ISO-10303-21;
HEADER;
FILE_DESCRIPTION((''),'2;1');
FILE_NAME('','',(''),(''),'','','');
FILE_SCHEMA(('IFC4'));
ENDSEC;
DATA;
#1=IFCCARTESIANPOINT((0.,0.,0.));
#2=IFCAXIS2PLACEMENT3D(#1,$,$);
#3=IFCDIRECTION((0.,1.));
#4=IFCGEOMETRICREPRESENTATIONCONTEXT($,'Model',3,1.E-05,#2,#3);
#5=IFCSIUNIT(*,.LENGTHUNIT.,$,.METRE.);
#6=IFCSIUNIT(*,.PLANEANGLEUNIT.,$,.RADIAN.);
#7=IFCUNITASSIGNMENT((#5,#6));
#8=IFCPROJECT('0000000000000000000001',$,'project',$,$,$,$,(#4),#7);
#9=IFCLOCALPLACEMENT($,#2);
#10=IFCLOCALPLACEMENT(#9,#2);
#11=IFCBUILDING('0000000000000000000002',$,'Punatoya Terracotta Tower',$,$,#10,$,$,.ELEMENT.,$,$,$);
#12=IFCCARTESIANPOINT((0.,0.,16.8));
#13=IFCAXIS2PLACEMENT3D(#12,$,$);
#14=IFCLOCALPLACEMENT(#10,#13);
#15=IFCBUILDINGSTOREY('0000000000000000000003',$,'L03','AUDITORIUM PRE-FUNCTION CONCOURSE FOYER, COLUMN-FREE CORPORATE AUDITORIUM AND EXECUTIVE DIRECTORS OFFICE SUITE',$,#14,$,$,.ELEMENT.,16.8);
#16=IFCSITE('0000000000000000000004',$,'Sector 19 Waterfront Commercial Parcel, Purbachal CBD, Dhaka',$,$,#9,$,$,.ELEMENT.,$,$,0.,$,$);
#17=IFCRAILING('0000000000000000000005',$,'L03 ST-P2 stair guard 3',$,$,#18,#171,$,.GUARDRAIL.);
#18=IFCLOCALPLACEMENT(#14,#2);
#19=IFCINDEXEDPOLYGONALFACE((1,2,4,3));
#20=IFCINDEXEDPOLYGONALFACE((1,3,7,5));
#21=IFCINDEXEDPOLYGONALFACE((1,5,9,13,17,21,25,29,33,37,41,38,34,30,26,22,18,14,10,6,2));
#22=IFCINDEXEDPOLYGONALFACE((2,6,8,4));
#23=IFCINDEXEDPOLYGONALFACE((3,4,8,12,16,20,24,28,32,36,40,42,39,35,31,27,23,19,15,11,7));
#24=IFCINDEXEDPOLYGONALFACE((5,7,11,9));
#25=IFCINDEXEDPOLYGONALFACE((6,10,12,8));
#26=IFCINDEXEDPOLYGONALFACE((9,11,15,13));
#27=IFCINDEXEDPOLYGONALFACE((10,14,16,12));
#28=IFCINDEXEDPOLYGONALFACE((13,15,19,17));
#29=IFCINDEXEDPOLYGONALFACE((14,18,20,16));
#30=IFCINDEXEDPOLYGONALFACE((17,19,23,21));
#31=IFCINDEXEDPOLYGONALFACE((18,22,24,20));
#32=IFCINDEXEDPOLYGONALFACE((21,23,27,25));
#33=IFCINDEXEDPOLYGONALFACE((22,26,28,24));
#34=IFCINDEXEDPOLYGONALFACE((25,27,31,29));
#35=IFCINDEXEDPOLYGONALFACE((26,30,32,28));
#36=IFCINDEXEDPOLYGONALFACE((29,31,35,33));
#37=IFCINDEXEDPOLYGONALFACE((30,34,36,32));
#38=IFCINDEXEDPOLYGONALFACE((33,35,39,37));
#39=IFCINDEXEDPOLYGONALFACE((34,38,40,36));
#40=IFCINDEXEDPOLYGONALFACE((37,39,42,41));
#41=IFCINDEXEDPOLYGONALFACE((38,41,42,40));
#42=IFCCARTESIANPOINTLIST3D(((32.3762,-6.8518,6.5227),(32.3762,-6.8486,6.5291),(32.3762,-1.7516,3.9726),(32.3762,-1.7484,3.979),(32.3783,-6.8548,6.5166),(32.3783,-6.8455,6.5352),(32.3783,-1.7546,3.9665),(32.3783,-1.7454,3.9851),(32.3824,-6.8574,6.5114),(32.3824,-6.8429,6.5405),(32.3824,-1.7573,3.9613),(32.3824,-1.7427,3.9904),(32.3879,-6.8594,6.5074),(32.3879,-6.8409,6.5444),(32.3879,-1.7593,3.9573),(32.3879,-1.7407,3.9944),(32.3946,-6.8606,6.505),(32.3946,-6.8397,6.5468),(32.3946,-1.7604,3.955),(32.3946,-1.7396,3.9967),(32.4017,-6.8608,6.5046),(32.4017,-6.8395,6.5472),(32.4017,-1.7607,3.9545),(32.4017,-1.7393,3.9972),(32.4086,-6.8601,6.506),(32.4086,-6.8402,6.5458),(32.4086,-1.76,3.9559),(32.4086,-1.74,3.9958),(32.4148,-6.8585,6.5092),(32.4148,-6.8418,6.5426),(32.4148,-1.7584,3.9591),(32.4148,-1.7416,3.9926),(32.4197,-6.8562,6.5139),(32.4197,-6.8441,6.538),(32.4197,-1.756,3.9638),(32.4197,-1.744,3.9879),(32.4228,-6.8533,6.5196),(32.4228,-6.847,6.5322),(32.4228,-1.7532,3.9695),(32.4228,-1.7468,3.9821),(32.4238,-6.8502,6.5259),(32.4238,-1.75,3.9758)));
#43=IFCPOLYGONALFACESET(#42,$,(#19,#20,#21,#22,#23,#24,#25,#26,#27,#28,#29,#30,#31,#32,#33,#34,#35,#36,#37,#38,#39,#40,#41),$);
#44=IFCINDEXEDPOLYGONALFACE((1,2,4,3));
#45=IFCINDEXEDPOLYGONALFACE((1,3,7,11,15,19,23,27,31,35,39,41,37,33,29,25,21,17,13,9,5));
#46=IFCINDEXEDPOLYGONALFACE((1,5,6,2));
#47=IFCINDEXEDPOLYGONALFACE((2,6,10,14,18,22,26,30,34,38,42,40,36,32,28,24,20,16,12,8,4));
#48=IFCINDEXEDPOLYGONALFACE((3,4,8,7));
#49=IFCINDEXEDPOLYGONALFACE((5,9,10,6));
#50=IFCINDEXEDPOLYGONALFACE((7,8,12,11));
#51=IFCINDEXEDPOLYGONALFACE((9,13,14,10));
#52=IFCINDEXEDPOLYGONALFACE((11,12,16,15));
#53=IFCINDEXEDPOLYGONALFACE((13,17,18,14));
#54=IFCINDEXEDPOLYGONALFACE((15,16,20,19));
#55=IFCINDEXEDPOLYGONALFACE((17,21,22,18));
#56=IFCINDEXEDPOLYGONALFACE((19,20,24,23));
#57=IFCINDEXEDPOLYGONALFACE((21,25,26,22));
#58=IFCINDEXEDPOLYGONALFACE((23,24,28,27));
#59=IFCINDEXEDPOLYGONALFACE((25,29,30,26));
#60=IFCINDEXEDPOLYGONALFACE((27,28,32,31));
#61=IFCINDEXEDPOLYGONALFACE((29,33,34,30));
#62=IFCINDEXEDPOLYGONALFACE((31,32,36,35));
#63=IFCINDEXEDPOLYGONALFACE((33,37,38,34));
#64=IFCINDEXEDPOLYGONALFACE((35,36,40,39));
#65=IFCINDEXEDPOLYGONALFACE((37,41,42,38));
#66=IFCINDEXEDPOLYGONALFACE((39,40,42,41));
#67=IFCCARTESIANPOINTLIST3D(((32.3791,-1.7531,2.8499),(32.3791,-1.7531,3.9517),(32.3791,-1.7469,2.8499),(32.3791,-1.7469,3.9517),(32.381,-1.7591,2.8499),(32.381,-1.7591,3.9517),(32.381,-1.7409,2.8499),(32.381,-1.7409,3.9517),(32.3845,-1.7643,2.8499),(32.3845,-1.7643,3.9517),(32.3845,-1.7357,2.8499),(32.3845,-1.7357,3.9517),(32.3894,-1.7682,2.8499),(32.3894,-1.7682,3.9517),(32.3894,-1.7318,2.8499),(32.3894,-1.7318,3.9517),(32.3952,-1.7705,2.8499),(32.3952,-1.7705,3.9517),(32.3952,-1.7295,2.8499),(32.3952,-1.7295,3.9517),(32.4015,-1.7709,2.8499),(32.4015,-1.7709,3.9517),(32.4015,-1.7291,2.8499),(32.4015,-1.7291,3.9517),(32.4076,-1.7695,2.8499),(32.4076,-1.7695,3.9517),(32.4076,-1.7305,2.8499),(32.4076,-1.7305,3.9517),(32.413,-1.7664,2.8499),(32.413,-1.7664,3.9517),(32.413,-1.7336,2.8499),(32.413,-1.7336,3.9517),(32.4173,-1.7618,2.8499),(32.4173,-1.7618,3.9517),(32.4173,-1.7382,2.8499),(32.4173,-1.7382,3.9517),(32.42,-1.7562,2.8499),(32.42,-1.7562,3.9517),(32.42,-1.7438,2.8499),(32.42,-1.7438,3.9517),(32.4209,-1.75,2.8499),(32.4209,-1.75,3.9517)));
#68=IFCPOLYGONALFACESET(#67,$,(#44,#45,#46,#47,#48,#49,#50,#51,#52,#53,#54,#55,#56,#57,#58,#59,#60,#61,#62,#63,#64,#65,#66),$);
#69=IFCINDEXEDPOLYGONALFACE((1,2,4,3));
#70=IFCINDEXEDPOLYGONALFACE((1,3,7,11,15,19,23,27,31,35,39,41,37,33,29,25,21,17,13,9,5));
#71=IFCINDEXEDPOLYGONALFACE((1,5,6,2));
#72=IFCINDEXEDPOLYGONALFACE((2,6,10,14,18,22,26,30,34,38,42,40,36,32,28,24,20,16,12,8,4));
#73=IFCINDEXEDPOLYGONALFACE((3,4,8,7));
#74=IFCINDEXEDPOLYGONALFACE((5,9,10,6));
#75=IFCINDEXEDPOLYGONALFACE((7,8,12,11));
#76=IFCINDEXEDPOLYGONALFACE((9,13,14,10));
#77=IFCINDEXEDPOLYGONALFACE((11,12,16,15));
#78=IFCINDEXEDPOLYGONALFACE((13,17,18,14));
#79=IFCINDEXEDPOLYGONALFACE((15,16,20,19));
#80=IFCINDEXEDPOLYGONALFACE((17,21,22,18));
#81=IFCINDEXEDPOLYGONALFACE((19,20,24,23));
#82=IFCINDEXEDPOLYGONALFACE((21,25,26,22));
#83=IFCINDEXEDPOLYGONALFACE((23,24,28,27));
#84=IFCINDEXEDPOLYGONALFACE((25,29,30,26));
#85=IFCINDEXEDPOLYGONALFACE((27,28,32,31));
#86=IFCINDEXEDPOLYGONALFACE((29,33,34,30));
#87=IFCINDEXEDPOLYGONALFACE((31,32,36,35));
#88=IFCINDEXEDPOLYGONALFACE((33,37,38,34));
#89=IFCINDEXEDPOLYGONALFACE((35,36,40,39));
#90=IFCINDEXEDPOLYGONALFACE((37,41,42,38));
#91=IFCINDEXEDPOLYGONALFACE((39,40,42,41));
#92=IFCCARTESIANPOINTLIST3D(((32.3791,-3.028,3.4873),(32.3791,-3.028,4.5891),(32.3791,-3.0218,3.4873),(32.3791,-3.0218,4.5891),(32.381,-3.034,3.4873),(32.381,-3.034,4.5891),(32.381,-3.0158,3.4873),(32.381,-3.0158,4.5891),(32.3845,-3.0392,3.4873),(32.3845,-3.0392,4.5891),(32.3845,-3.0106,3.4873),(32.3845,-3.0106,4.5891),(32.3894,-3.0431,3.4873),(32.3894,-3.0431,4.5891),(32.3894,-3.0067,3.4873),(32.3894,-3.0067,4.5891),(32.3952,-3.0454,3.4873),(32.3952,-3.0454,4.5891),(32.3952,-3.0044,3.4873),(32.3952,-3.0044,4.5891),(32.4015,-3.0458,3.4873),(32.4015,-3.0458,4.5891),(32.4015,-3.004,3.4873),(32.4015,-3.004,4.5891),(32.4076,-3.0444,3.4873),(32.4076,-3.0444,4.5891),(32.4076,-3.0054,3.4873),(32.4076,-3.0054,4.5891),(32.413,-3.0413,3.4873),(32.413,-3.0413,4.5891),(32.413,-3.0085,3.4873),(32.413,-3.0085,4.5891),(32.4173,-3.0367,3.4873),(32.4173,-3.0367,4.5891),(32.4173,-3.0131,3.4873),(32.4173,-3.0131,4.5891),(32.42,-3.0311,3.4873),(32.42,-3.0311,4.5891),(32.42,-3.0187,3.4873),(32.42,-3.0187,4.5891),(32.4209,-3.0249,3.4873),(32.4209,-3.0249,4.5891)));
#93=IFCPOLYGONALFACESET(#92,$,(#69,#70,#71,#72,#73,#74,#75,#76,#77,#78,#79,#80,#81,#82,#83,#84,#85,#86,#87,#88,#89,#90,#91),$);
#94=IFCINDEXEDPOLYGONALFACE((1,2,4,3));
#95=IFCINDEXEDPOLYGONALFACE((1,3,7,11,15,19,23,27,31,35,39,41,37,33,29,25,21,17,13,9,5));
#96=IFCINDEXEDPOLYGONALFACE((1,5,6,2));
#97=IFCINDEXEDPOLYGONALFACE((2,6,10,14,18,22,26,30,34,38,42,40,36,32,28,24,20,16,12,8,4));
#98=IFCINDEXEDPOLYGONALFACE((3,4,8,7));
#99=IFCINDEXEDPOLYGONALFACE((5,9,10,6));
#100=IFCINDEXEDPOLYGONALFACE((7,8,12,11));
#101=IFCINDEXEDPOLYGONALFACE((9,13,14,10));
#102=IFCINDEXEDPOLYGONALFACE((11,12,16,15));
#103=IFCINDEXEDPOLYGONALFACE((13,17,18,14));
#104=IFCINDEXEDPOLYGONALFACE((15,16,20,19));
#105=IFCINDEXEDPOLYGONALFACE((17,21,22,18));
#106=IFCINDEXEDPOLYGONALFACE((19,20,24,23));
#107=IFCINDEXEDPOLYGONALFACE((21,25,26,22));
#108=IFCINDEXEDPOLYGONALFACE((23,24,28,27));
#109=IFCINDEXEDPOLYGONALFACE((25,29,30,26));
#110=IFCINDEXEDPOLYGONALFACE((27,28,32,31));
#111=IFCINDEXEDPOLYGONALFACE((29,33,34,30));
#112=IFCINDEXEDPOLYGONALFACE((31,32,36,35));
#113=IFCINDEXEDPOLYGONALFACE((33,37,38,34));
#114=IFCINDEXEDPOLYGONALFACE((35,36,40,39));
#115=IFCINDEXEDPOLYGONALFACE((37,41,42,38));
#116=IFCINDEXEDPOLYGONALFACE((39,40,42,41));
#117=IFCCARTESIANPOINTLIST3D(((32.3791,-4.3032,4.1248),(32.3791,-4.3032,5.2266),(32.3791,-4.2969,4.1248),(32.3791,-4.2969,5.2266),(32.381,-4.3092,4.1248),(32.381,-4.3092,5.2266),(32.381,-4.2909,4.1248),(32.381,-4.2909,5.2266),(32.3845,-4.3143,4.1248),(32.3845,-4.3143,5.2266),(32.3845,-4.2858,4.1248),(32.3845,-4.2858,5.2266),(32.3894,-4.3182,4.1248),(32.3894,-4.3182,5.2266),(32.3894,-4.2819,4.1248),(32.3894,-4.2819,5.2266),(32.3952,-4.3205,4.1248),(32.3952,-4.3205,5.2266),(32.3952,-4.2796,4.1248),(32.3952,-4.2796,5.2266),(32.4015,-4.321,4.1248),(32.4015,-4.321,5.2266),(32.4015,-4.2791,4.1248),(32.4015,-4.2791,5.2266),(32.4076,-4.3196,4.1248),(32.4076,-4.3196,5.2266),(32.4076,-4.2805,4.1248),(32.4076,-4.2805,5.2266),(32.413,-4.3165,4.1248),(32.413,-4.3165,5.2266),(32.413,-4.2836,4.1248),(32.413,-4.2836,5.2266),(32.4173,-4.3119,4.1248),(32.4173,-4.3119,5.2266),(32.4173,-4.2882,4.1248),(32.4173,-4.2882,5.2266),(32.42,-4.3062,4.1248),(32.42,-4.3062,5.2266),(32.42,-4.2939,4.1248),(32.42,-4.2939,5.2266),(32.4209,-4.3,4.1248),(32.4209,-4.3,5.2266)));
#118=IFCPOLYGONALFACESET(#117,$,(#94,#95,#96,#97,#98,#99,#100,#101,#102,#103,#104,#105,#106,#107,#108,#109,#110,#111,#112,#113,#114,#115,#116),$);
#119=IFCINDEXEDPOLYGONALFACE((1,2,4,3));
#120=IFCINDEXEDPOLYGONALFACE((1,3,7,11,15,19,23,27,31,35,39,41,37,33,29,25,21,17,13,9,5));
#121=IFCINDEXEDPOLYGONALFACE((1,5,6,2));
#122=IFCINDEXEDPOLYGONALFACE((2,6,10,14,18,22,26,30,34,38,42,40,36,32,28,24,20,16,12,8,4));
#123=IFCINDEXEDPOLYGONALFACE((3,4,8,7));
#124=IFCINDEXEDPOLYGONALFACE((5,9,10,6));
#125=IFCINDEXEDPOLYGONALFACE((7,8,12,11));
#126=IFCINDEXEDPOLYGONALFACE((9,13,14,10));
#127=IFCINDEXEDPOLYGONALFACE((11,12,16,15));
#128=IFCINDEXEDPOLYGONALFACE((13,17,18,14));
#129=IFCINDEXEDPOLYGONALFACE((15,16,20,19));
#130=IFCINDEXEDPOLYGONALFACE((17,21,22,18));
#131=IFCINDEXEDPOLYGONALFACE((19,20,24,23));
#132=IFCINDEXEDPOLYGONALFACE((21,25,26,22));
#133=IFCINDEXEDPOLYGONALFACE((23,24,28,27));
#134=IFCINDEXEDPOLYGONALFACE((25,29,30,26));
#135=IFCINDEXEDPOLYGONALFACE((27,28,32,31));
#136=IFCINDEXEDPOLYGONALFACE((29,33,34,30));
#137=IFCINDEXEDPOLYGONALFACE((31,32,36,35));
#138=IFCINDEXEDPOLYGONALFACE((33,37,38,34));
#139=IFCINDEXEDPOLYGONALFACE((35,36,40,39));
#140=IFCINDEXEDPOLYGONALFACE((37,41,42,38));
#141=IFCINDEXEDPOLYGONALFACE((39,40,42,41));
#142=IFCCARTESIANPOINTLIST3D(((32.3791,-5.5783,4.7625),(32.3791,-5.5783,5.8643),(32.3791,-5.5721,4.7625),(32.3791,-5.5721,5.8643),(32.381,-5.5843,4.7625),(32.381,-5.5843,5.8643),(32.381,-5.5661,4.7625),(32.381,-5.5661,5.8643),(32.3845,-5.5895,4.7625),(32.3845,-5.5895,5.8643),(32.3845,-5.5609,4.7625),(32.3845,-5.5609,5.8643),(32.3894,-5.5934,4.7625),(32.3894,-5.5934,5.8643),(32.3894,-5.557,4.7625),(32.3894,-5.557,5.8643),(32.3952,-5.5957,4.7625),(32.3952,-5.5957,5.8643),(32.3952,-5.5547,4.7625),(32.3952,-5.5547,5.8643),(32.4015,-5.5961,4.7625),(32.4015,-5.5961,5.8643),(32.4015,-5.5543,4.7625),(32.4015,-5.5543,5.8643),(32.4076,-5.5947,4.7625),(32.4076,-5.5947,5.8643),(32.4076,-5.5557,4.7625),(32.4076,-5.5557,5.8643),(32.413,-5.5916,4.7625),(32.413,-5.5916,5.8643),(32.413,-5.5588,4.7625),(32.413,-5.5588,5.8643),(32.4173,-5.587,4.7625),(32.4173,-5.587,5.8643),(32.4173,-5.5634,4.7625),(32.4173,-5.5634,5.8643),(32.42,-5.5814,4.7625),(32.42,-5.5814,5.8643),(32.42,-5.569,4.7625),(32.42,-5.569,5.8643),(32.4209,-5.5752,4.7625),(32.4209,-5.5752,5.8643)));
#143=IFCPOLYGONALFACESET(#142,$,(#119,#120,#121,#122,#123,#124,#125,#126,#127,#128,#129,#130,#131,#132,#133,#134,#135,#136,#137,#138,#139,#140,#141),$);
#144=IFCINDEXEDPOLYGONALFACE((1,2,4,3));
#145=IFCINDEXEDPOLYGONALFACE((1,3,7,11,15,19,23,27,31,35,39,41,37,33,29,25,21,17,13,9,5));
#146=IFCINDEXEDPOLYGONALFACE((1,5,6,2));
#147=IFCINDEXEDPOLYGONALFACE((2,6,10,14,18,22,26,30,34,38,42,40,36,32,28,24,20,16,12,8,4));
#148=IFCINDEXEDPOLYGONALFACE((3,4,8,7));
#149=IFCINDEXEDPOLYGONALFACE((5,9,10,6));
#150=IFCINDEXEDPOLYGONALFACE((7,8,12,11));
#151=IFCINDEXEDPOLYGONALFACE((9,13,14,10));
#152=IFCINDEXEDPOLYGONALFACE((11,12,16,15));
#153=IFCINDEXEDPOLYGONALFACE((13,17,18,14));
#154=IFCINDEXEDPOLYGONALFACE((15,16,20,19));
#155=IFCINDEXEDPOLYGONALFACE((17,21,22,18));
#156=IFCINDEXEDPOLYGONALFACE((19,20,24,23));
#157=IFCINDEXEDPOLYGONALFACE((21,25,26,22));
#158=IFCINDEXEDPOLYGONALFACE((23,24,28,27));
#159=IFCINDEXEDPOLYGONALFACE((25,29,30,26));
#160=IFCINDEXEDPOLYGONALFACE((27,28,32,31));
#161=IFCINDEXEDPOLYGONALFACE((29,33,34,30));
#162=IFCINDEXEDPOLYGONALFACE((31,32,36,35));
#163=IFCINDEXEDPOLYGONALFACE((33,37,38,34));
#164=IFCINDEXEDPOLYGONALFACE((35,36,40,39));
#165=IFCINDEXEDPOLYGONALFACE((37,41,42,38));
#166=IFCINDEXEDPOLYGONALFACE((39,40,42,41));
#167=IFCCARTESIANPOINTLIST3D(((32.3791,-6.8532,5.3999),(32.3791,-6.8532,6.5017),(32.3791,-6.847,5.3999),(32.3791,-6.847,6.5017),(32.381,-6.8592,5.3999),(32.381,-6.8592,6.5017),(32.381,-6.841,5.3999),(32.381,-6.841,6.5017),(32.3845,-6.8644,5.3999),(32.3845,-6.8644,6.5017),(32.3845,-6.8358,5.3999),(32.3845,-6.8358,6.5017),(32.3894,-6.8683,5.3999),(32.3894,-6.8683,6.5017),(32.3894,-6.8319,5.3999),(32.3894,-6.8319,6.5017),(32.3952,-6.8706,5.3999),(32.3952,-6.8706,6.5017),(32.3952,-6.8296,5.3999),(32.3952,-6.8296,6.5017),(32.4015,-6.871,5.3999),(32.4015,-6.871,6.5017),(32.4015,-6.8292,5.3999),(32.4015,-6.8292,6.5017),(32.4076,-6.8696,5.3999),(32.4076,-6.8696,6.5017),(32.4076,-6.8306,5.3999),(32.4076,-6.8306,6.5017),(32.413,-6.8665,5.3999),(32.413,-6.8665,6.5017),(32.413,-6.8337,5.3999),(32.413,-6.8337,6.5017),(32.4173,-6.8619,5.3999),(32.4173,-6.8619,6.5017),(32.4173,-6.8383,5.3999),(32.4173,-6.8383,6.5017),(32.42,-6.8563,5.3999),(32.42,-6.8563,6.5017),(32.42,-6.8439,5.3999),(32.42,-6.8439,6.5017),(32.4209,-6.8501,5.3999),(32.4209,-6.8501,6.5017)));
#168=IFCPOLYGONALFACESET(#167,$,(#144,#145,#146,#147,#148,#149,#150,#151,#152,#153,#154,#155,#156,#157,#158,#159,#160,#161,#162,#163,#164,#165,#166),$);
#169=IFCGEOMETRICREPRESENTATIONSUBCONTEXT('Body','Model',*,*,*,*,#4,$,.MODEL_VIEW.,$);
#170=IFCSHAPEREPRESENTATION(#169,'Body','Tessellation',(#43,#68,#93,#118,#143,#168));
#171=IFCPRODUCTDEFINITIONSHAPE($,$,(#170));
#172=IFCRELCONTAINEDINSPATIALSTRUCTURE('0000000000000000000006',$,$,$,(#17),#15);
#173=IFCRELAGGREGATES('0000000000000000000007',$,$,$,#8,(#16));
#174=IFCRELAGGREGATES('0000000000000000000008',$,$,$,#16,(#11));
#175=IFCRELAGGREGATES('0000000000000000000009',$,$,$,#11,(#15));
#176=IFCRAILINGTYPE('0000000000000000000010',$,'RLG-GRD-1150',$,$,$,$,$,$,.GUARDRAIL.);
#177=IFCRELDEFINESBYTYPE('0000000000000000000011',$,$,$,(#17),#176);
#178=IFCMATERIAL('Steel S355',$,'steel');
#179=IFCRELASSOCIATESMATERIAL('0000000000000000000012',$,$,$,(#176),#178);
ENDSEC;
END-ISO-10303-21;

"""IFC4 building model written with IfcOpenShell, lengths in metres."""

from ifc_helpers import new_model, si_unit, direction, frame, origin, origin_2d, place, context, subcontext, project, spatial, circle, extrude, material, type_object, element, save


model = new_model("IFC4")

# Units and contexts
model_context = context("Model", 3, precision=1e-05, world=origin(), true_north=direction((0.0, 1.0)))
body_context = subcontext(model_context, "Body", "Model", "MODEL_VIEW")
ifc_project = project(units=[si_unit("LENGTHUNIT", "METRE"), si_unit("PLANEANGLEUNIT", "RADIAN")], contexts=[model_context])

# Site, building, storey
site_placement = place(None, origin())
site = spatial("IfcSite", under=ifc_project, at=site_placement, Name="Sector 19 Waterfront Commercial Parcel, Purbachal CBD, Dhaka", CompositionType="ELEMENT", RefElevation=0.0)
building_placement = place(site_placement, origin())
building = spatial("IfcBuilding", under=site, at=building_placement, Name="Punatoya Terracotta Tower", CompositionType="ELEMENT")
storey_placement = place(building_placement, frame((0.0, 0.0, 16.8)))
storey = spatial("IfcBuildingStorey", under=building, at=storey_placement, Name="L03", Description="AUDITORIUM PRE-FUNCTION CONCOURSE FOYER, COLUMN-FREE CORPORATE AUDITORIUM AND EXECUTIVE DIRECTORS OFFICE SUITE", CompositionType="ELEMENT", Elevation=16.8)

# Shared definitions
ifc_material_1 = material(Name="Steel S355", Category="steel")

# Railing
railing_type = type_object("IfcRailingType", Name="RLG-GRD-1150", PredefinedType="GUARDRAIL", material=ifc_material_1)
railing_1_placement = place(storey_placement, frame((32.3999, -1.75, 2.8499)))
element("IfcRailing", 1, at=railing_1_placement, inside=storey, type_object=railing_type, Name="L03 ST-P2 stair guard 3", PredefinedType="GUARDRAIL", context=body_context, shape_type="SweptSolid", body=[
    extrude(circle(Radius=0.0239, at=origin_2d()), frame((0.0, 0.0, 1.126), z_axis=(0.0, -0.894427, 0.447214), x_axis=(1.0, 0.0, 0.0)), (0.0, 0.0, 1.0), 5.7021),
    extrude(circle(Radius=0.021, at=origin_2d()), origin(), (0.0, 0.0, 1.0), 1.1018),
    extrude(circle(Radius=0.021, at=origin_2d()), frame((0.0, -1.2749, 0.6375)), (0.0, 0.0, 1.0), 1.1018),
    extrude(circle(Radius=0.021, at=origin_2d()), frame((0.0, -2.55, 1.2749)), (0.0, 0.0, 1.0), 1.1018),
    extrude(circle(Radius=0.021, at=origin_2d()), frame((0.0, -3.8252, 1.9126)), (0.0, 0.0, 1.0), 1.1018),
    extrude(circle(Radius=0.021, at=origin_2d()), frame((0.0, -5.1001, 2.55)), (0.0, 0.0, 1.0), 1.1018),
])

save(model, "model.ifc")
